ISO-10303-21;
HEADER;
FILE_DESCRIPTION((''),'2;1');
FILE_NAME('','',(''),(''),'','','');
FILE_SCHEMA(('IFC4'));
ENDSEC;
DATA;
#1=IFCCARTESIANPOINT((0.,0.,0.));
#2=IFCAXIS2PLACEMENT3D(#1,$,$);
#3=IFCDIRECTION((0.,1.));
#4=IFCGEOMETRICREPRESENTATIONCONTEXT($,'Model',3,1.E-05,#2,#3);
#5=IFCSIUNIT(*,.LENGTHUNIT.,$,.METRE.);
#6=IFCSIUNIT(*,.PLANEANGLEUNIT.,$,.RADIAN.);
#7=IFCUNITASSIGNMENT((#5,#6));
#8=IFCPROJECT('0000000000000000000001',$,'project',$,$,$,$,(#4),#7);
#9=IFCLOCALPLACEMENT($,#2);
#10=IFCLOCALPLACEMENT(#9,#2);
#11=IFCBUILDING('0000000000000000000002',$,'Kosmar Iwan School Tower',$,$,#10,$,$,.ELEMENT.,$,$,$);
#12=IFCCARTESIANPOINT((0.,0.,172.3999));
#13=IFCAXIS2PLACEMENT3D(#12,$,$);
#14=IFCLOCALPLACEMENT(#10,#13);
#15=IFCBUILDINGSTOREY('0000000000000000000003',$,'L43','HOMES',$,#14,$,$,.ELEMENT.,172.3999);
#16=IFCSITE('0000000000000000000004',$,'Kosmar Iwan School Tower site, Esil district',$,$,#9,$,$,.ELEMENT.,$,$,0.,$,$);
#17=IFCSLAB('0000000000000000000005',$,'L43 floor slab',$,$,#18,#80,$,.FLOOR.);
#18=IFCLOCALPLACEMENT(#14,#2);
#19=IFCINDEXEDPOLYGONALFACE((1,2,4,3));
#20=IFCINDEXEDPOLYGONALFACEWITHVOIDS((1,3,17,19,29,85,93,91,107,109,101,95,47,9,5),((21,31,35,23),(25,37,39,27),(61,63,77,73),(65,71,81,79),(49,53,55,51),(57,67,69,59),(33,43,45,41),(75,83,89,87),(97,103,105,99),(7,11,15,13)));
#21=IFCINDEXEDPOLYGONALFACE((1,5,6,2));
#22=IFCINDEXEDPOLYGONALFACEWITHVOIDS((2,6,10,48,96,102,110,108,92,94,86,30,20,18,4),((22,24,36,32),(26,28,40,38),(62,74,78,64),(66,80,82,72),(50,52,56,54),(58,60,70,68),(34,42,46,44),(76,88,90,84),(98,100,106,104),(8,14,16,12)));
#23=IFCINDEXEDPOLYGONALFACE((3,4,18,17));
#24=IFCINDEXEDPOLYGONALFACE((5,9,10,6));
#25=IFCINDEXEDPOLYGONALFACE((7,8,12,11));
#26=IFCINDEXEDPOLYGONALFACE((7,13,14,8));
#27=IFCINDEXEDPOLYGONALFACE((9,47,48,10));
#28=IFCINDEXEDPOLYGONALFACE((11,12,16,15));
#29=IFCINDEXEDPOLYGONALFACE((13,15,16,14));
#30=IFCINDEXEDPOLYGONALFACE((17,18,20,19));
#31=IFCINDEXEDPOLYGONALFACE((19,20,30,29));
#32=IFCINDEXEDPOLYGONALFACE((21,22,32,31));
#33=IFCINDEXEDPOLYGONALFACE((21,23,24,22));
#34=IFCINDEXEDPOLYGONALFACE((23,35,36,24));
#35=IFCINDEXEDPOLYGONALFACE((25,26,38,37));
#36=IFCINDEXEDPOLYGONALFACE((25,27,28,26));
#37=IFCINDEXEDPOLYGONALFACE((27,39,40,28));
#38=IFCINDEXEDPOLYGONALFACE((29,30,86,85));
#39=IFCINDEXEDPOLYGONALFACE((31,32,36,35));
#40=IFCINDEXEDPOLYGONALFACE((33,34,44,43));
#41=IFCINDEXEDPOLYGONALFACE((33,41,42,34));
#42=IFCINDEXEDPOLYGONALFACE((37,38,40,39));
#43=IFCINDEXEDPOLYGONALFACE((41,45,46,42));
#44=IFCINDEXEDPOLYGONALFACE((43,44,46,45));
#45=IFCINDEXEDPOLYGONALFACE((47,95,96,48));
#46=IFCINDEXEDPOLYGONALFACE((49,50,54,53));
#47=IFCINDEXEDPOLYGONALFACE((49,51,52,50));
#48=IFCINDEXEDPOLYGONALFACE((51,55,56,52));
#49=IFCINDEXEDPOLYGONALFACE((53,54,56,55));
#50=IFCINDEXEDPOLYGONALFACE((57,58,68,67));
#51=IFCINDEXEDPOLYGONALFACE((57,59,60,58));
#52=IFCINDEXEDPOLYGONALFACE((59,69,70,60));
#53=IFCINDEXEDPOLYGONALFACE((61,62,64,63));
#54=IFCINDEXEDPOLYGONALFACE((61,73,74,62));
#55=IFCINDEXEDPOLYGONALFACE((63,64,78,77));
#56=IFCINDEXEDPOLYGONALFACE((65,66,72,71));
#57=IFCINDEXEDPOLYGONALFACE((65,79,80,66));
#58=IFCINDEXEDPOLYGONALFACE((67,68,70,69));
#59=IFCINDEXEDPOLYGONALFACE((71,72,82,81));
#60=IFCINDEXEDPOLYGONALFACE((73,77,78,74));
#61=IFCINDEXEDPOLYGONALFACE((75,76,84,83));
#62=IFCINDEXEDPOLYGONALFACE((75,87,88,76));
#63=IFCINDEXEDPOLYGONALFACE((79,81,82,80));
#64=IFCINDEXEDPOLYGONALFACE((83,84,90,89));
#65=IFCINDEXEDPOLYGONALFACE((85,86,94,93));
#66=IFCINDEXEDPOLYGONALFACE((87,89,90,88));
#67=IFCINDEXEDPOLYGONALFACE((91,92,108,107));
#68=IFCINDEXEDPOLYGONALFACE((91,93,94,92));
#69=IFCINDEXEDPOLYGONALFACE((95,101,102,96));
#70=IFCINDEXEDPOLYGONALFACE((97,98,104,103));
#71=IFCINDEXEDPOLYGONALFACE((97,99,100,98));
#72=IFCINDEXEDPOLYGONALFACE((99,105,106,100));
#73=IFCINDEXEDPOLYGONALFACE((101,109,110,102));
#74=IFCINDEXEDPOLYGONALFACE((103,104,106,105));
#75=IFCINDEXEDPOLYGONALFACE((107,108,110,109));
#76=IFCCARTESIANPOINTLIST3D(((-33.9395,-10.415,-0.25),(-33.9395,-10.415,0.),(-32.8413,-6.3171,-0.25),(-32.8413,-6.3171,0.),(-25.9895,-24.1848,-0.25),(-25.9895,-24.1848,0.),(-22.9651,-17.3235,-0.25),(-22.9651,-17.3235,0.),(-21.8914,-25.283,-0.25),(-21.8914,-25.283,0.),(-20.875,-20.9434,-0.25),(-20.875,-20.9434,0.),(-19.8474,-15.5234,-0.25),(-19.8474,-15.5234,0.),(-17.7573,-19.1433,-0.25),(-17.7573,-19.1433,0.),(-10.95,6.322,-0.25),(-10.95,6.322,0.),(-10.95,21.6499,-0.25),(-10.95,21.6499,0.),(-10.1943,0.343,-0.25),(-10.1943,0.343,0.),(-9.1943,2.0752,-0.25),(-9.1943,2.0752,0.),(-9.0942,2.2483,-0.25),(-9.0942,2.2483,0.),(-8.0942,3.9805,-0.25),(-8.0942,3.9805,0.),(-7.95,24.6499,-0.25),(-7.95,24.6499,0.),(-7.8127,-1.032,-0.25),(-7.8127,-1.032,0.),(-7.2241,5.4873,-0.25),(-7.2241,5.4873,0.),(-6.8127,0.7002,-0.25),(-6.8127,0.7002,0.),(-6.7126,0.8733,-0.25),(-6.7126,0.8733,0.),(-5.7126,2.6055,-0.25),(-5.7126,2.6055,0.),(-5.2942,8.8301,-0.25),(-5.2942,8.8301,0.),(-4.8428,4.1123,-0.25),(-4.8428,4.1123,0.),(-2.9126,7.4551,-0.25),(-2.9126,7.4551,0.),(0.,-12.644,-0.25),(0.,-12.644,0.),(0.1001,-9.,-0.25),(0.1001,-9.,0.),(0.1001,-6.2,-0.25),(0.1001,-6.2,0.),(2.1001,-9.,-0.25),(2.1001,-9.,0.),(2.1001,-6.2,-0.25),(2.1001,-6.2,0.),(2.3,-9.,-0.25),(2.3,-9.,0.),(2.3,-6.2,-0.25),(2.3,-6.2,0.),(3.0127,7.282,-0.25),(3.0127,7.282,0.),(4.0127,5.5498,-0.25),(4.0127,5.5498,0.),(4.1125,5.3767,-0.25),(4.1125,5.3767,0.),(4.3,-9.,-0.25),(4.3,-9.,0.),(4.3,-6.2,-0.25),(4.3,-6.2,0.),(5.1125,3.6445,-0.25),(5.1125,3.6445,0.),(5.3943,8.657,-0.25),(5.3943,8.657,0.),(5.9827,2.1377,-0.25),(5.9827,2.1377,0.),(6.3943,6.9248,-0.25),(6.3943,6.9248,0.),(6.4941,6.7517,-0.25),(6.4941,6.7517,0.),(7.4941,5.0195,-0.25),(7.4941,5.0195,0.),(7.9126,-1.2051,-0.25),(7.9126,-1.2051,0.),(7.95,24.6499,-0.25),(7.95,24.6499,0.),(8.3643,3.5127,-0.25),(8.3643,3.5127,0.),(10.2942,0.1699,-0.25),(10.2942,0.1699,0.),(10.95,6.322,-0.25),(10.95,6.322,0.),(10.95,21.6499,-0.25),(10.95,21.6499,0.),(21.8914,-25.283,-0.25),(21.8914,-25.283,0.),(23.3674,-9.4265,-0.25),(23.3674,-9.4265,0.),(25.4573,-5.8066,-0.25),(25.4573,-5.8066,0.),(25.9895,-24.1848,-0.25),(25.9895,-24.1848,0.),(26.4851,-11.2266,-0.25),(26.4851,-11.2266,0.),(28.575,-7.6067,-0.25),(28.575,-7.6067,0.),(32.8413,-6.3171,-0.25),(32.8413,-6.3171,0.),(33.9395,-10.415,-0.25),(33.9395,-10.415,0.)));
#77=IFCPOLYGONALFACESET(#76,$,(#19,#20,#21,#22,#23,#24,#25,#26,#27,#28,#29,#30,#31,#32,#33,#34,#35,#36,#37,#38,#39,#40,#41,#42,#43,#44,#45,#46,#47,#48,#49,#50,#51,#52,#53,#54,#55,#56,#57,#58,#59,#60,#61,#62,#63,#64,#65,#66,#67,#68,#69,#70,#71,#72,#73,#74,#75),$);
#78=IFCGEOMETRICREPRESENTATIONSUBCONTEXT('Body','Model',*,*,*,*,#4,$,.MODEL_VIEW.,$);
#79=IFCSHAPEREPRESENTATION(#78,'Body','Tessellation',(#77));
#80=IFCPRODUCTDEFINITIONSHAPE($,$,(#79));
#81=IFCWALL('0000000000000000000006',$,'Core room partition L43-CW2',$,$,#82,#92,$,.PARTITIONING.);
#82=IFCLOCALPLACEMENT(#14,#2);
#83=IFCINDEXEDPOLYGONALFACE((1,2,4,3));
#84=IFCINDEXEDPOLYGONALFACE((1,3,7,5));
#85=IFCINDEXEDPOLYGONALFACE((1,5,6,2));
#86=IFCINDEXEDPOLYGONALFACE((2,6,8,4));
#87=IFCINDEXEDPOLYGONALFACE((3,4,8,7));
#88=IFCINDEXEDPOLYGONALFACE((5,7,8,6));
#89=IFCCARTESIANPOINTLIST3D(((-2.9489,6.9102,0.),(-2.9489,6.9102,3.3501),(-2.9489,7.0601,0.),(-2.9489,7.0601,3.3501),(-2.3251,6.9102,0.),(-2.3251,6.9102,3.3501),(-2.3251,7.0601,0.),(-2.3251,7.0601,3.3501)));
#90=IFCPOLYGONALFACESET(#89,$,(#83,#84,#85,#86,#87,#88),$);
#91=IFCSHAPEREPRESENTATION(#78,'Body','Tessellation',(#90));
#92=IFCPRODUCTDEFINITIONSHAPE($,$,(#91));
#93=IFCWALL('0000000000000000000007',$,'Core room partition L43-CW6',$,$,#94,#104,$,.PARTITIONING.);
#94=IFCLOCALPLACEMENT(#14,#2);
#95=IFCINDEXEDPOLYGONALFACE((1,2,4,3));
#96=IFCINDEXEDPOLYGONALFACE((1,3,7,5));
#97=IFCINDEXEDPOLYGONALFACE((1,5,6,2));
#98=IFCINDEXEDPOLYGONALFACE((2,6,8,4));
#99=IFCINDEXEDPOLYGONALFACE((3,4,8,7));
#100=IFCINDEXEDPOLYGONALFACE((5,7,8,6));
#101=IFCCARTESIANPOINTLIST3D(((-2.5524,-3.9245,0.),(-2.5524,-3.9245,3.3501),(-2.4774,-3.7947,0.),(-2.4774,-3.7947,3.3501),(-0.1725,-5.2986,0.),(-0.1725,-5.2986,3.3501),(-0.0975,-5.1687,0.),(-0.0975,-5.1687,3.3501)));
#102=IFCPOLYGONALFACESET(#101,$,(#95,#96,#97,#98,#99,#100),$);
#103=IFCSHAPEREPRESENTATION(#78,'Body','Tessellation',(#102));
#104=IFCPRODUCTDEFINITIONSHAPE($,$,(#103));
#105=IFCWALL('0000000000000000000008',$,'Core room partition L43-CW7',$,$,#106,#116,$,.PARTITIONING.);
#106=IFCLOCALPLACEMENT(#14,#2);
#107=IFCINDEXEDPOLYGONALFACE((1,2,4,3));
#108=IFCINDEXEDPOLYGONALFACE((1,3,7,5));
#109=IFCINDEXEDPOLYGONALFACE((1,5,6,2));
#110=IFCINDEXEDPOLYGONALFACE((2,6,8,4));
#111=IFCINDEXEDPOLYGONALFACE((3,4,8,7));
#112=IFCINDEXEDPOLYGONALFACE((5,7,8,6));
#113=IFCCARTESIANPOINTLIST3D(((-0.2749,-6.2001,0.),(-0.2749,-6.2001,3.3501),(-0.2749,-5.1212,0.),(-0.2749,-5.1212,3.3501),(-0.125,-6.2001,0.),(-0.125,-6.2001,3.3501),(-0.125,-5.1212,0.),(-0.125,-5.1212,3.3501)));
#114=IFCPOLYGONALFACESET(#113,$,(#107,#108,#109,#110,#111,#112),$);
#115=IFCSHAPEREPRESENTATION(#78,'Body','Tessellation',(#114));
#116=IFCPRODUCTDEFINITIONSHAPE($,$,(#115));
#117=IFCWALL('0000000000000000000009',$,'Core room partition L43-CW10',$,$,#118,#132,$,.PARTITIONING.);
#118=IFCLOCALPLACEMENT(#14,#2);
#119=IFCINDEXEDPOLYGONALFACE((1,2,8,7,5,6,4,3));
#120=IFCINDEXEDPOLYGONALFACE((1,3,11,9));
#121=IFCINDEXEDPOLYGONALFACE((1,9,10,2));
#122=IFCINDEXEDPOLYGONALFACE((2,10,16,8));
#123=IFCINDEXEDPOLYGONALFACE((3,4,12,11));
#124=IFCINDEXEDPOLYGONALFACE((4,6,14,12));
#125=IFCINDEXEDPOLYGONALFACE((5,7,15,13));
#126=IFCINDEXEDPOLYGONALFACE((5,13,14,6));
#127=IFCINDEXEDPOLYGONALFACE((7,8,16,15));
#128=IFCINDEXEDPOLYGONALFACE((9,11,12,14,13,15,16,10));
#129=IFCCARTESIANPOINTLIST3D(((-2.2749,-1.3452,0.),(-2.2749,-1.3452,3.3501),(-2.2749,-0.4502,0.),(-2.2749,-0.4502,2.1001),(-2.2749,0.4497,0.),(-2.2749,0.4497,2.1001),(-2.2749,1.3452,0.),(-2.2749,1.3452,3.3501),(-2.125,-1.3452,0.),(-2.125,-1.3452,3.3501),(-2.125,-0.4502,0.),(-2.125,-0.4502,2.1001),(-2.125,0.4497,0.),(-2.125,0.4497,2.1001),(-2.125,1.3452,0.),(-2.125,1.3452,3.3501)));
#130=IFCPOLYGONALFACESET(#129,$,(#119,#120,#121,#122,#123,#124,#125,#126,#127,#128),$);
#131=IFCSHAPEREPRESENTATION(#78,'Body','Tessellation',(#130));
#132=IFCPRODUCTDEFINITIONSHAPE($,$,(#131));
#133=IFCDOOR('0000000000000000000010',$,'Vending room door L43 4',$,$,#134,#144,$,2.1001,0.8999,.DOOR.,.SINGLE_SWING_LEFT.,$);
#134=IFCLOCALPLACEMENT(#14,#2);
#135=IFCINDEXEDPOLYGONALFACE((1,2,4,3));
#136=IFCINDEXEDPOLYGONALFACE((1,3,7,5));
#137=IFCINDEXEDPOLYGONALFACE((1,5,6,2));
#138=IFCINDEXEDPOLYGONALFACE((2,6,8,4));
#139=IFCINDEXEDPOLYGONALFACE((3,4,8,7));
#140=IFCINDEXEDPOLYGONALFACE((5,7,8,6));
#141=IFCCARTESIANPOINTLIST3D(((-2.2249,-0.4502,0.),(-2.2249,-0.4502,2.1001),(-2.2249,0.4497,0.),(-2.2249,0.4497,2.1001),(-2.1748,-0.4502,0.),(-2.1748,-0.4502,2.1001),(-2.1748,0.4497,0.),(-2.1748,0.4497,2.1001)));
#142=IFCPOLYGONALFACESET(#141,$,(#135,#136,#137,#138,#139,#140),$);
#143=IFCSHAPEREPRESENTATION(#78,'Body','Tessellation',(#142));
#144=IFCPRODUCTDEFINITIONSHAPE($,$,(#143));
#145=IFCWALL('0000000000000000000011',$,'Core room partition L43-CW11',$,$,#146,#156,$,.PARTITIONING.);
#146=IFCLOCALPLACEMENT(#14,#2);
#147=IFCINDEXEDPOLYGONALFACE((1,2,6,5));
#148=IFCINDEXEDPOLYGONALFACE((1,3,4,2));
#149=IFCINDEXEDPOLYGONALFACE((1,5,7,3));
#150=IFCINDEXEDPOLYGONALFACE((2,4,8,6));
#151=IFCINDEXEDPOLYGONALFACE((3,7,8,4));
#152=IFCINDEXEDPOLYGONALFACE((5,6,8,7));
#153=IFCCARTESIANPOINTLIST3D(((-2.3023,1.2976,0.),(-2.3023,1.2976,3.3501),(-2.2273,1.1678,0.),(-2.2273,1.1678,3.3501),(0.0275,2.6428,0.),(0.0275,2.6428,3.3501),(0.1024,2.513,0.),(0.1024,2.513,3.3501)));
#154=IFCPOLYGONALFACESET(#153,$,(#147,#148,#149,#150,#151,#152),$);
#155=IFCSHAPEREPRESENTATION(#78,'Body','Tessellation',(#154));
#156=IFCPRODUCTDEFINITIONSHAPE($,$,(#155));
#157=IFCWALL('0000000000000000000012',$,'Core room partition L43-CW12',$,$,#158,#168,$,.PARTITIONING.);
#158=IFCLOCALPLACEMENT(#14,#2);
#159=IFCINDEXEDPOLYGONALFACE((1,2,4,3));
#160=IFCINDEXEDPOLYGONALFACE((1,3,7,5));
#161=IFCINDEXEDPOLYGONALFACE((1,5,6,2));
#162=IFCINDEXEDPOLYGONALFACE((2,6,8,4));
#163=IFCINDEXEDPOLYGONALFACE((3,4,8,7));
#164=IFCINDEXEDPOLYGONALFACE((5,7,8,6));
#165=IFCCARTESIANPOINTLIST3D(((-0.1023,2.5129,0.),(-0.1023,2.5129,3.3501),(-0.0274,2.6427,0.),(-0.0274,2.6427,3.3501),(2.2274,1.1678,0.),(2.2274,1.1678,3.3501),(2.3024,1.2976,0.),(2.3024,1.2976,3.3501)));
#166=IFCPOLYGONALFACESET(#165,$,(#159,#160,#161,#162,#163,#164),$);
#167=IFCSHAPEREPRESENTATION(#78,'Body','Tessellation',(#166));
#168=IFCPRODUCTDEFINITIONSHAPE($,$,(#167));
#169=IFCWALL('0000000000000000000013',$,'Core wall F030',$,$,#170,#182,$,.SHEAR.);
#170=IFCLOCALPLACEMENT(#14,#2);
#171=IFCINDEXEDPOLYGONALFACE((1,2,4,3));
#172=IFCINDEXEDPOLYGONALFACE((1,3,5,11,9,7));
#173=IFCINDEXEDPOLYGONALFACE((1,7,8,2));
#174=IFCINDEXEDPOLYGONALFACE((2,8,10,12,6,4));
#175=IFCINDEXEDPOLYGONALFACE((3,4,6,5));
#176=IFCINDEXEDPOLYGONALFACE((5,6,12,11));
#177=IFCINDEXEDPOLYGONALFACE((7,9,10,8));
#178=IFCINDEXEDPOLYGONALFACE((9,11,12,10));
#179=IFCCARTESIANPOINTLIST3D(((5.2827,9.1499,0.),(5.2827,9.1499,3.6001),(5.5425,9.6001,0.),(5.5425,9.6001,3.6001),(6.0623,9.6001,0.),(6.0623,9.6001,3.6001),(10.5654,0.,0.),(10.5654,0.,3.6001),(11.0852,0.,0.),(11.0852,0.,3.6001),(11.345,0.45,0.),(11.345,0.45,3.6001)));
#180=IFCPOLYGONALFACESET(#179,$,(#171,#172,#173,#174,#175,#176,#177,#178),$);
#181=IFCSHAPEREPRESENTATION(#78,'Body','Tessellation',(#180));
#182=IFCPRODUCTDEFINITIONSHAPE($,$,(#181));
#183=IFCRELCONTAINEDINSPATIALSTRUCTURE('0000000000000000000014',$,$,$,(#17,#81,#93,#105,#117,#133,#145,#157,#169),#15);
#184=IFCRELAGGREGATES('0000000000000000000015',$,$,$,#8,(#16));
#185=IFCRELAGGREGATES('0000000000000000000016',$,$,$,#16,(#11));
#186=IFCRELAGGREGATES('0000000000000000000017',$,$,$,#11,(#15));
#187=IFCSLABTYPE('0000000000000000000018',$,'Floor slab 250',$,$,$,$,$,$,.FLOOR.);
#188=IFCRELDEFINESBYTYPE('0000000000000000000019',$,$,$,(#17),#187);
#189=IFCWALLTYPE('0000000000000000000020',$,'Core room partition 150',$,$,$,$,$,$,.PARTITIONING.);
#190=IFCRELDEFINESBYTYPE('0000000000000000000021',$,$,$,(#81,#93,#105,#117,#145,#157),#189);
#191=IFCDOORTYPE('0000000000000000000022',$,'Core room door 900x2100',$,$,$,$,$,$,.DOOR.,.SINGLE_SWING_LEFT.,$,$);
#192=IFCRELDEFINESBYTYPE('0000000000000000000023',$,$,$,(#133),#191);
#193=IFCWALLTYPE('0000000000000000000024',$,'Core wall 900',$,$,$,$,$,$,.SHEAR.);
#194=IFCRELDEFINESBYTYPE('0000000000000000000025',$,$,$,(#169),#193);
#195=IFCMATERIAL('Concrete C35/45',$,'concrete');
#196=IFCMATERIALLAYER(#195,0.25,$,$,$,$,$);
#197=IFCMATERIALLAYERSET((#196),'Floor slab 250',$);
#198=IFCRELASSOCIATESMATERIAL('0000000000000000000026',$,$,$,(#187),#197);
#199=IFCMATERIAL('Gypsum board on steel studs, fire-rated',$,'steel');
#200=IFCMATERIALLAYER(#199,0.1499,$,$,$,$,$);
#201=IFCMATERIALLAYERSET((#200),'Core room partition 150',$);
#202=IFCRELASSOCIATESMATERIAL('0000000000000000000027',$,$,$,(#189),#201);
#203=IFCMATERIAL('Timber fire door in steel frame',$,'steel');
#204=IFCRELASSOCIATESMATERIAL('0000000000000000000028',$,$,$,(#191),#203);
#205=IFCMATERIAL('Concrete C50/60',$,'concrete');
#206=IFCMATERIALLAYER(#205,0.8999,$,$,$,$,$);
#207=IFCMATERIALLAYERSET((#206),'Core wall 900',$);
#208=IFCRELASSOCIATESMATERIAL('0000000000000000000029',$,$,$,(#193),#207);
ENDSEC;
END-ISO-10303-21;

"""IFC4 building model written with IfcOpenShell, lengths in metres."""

from ifc_helpers import new_model, si_unit, direction, frame, frame_2d, origin, place, context, subcontext, project, spatial, polyline, rectangle, outline, extrude, material, layer, layer_set, type_object, element, fill, save


model = new_model("IFC4")

# Units and contexts
model_context = context("Model", 3, precision=1e-05, world=origin(), true_north=direction((0.0, 1.0)))
body_context = subcontext(model_context, "Body", "Model", "MODEL_VIEW")
ifc_project = project(units=[si_unit("LENGTHUNIT", "METRE"), si_unit("PLANEANGLEUNIT", "RADIAN")], contexts=[model_context])

# Site, building, storey
site_placement = place(None, origin())
site = spatial("IfcSite", under=ifc_project, at=site_placement, Name="Kosmar Iwan School Tower site, Esil district", CompositionType="ELEMENT", RefElevation=0.0)
building_placement = place(site_placement, origin())
building = spatial("IfcBuilding", under=site, at=building_placement, Name="Kosmar Iwan School Tower", CompositionType="ELEMENT")
storey_placement = place(building_placement, frame((0.0, 0.0, 172.3999)))
storey = spatial("IfcBuildingStorey", under=building, at=storey_placement, Name="L43", Description="HOMES", CompositionType="ELEMENT", Elevation=172.3999)

# Slab
ifc_material_1 = material(Name="Concrete C35/45", Category="concrete")
ifc_layer_1 = layer(ifc_material_1, 0.25)
ifc_layer_set_1 = layer_set([ifc_layer_1], Name="Floor slab 250")
slab_type = type_object("IfcSlabType", Name="Floor slab 250", PredefinedType="FLOOR", material=ifc_layer_set_1)
slab_placement = place(storey_placement, frame((0.0, 0.0, -0.25)))
element("IfcSlab", 1, at=slab_placement, inside=storey, type_object=slab_type, Name="L43 floor slab", PredefinedType="FLOOR", context=body_context, shape_type="SweptSolid", body=[
    extrude(outline(polyline([(-21.8914, -25.283), (0.0, -12.644), (21.8914, -25.283), (25.9895, -24.1848), (33.9395, -10.415), (32.8413, -6.3171), (10.95, 6.322), (10.95, 21.6499), (7.95, 24.6499), (-7.95, 24.6499), (-10.95, 21.6499), (-10.95, 6.322), (-32.8413, -6.3171), (-33.9395, -10.415), (-25.9895, -24.1848), (-21.8914, -25.283)]), holes=[polyline([(7.9126, -1.2051), (10.2942, 0.1699), (8.3643, 3.5127), (5.9827, 2.1377), (7.9126, -1.2051)]), polyline([(-2.9126, 7.4551), (-5.2942, 8.8301), (-7.2241, 5.4873), (-4.8428, 4.1123), (-2.9126, 7.4551)]), polyline([(-5.7126, 2.6055), (-8.0942, 3.9805), (-9.0942, 2.2483), (-6.7126, 0.8733), (-5.7126, 2.6055)]), polyline([(-6.8127, 0.7002), (-9.1943, 2.0752), (-10.1943, 0.343), (-7.8127, -1.032), (-6.8127, 0.7002)]), polyline([(5.1125, 3.6445), (7.4941, 5.0195), (6.4941, 6.7517), (4.1125, 5.3767), (5.1125, 3.6445)]), polyline([(4.0127, 5.5498), (6.3943, 6.9248), (5.3943, 8.657), (3.0127, 7.282), (4.0127, 5.5498)]), polyline([(0.1001, -6.2), (0.1001, -9.0), (2.1001, -9.0), (2.1001, -6.2), (0.1001, -6.2)]), polyline([(2.3, -6.2), (2.3, -9.0), (4.3, -9.0), (4.3, -6.2), (2.3, -6.2)]), polyline([(-19.8474, -15.5234), (-22.9651, -17.3235), (-20.875, -20.9434), (-17.7573, -19.1433), (-19.8474, -15.5234)]), polyline([(23.3674, -9.4265), (26.4851, -11.2266), (28.575, -7.6067), (25.4573, -5.8066), (23.3674, -9.4265)])]), origin(), (0.0, 0.0, 1.0), 0.25),
])

# Walls
ifc_material_2 = material(Name="Gypsum board on steel studs, fire-rated", Category="steel")
ifc_layer_2 = layer(ifc_material_2, 0.1499)
ifc_layer_set_2 = layer_set([ifc_layer_2], Name="Core room partition 150")
wall_type_1 = type_object("IfcWallType", Name="Core room partition 150", PredefinedType="PARTITIONING", material=ifc_layer_set_2)
wall_1_placement = place(storey_placement, frame((-2.325, 6.9851, 0.0), z_axis=(0.0, 0.0, 1.0), x_axis=(-1.0, 0.0, 0.0)))
element("IfcWall", 2, at=wall_1_placement, inside=storey, type_object=wall_type_1, Name="Core room partition L43-CW2", PredefinedType="PARTITIONING", context=body_context, shape_type="SweptSolid", body=[
    extrude(rectangle(XDim=0.6238, YDim=0.1499, at=frame_2d((0.312, 0.0))), origin(), (0.0, 0.0, 1.0), 3.3501),
])
wall_2_placement = place(storey_placement, frame((-2.5149, -3.8596, 0.0), z_axis=(0.0, 0.0, 1.0), x_axis=(0.866026, -0.499999, 0.0)))
element("IfcWall", 3, at=wall_2_placement, inside=storey, type_object=wall_type_1, Name="Core room partition L43-CW6", PredefinedType="PARTITIONING", context=body_context, shape_type="SweptSolid", body=[
    extrude(rectangle(XDim=2.748, YDim=0.1499, at=frame_2d((1.374, 0.0))), origin(), (0.0, 0.0, 1.0), 3.3501),
])
wall_3_placement = place(storey_placement, frame((-0.2, -5.1211, 0.0), z_axis=(0.0, 0.0, 1.0), x_axis=(0.0, -1.0, 0.0)))
element("IfcWall", 4, at=wall_3_placement, inside=storey, type_object=wall_type_1, Name="Core room partition L43-CW7", PredefinedType="PARTITIONING", context=body_context, shape_type="SweptSolid", body=[
    extrude(rectangle(XDim=1.0789, YDim=0.1499, at=frame_2d((0.5396, 0.0))), origin(), (0.0, 0.0, 1.0), 3.3501),
])

# Wall, opening, door
wall_4_placement = place(storey_placement, frame((-2.2, -1.3452, 0.0), z_axis=(0.0, 0.0, 1.0), x_axis=(0.0, 1.0, 0.0)))
wall_4 = element("IfcWall", 5, at=wall_4_placement, inside=storey, type_object=wall_type_1, Name="Core room partition L43-CW10", PredefinedType="PARTITIONING", context=body_context, shape_type="SweptSolid", body=[
    extrude(rectangle(XDim=2.6904, YDim=0.1499, at=frame_2d((1.3452, 0.0))), origin(), (0.0, 0.0, 1.0), 3.3501),
])
opening_1_placement = place(wall_4_placement, frame((0.895, 0.0, 0.0)))
opening_1 = element("IfcOpeningElement", 6, at=opening_1_placement, cuts=wall_4, PredefinedType="OPENING", context=body_context, shape_type="SweptSolid", body=[
    extrude(rectangle(XDim=0.8999, YDim=2.1001, at=frame_2d((0.45, 1.05))), frame((0.0, 0.0869, 0.0), z_axis=(0.0, -1.0, 0.0), x_axis=(1.0, 0.0, 0.0)), (0.0, 0.0, 1.0), 0.1738),
])
ifc_material_3 = material(Name="Timber fire door in steel frame", Category="steel")
door_type_1 = type_object("IfcDoorType", Name="Core room door 900x2100", OperationType="SINGLE_SWING_LEFT", PredefinedType="DOOR", material=ifc_material_3)
door_1_placement = place(opening_1_placement, origin())
door_1 = element("IfcDoor", 7, at=door_1_placement, inside=storey, type_object=door_type_1, Name="Vending room door L43 4", OperationType="SINGLE_SWING_LEFT", OverallHeight=2.1001, OverallWidth=0.8999, PredefinedType="DOOR", context=body_context, shape_type="SweptSolid", body=[
    extrude(rectangle(XDim=0.8999, YDim=2.1001, at=frame_2d((0.45, 1.05))), frame((0.0, 0.0249, 0.0), z_axis=(0.0, -1.0, 0.0), x_axis=(1.0, 0.0, 0.0)), (0.0, 0.0, 1.0), 0.05),
])
fill(opening_1, door_1)

# Walls
for number, where, z_axis, x_axis, name in (
    (8, (-2.2649, 1.2327, 0.0), (0.0, 0.0, 1.0), (0.866012, 0.500024, 0.0), "Core room partition L43-CW11"),
    (9, (-0.0649, 2.5779, 0.0), (0.0, 0.0, 1.0), (0.866012, -0.500024, 0.0), "Core room partition L43-CW12"),
):
    element("IfcWall", number, at=place(storey_placement, frame(where, z_axis=z_axis, x_axis=x_axis)), inside=storey, type_object=wall_type_1, Name=name, PredefinedType="PARTITIONING", context=body_context, shape_type="SweptSolid", body=[
        extrude(rectangle(XDim=2.6902, YDim=0.1499, at=frame_2d((1.3452, 0.0))), origin(), (0.0, 0.0, 1.0), 3.3501),
    ])
ifc_material_4 = material(Name="Concrete C50/60", Category="concrete")
ifc_layer_3 = layer(ifc_material_4, 0.8999)
ifc_layer_set_3 = layer_set([ifc_layer_3], Name="Core wall 900")
wall_type_2 = type_object("IfcWallType", Name="Core wall 900", PredefinedType="SHEAR", material=ifc_layer_set_3)
wall_5_placement = place(storey_placement, origin())
element("IfcWall", 10, at=wall_5_placement, inside=storey, type_object=wall_type_2, Name="Core wall F030", PredefinedType="SHEAR", context=body_context, shape_type="SweptSolid", body=[
    extrude(outline(polyline([(10.5654, 0.0), (11.0852, 0.0), (11.345, 0.45), (6.0623, 9.6001), (5.5425, 9.6001), (5.2827, 9.1499), (10.5654, 0.0)])), origin(), (0.0, 0.0, 1.0), 3.6001),
])

save(model, "model.ifc")
